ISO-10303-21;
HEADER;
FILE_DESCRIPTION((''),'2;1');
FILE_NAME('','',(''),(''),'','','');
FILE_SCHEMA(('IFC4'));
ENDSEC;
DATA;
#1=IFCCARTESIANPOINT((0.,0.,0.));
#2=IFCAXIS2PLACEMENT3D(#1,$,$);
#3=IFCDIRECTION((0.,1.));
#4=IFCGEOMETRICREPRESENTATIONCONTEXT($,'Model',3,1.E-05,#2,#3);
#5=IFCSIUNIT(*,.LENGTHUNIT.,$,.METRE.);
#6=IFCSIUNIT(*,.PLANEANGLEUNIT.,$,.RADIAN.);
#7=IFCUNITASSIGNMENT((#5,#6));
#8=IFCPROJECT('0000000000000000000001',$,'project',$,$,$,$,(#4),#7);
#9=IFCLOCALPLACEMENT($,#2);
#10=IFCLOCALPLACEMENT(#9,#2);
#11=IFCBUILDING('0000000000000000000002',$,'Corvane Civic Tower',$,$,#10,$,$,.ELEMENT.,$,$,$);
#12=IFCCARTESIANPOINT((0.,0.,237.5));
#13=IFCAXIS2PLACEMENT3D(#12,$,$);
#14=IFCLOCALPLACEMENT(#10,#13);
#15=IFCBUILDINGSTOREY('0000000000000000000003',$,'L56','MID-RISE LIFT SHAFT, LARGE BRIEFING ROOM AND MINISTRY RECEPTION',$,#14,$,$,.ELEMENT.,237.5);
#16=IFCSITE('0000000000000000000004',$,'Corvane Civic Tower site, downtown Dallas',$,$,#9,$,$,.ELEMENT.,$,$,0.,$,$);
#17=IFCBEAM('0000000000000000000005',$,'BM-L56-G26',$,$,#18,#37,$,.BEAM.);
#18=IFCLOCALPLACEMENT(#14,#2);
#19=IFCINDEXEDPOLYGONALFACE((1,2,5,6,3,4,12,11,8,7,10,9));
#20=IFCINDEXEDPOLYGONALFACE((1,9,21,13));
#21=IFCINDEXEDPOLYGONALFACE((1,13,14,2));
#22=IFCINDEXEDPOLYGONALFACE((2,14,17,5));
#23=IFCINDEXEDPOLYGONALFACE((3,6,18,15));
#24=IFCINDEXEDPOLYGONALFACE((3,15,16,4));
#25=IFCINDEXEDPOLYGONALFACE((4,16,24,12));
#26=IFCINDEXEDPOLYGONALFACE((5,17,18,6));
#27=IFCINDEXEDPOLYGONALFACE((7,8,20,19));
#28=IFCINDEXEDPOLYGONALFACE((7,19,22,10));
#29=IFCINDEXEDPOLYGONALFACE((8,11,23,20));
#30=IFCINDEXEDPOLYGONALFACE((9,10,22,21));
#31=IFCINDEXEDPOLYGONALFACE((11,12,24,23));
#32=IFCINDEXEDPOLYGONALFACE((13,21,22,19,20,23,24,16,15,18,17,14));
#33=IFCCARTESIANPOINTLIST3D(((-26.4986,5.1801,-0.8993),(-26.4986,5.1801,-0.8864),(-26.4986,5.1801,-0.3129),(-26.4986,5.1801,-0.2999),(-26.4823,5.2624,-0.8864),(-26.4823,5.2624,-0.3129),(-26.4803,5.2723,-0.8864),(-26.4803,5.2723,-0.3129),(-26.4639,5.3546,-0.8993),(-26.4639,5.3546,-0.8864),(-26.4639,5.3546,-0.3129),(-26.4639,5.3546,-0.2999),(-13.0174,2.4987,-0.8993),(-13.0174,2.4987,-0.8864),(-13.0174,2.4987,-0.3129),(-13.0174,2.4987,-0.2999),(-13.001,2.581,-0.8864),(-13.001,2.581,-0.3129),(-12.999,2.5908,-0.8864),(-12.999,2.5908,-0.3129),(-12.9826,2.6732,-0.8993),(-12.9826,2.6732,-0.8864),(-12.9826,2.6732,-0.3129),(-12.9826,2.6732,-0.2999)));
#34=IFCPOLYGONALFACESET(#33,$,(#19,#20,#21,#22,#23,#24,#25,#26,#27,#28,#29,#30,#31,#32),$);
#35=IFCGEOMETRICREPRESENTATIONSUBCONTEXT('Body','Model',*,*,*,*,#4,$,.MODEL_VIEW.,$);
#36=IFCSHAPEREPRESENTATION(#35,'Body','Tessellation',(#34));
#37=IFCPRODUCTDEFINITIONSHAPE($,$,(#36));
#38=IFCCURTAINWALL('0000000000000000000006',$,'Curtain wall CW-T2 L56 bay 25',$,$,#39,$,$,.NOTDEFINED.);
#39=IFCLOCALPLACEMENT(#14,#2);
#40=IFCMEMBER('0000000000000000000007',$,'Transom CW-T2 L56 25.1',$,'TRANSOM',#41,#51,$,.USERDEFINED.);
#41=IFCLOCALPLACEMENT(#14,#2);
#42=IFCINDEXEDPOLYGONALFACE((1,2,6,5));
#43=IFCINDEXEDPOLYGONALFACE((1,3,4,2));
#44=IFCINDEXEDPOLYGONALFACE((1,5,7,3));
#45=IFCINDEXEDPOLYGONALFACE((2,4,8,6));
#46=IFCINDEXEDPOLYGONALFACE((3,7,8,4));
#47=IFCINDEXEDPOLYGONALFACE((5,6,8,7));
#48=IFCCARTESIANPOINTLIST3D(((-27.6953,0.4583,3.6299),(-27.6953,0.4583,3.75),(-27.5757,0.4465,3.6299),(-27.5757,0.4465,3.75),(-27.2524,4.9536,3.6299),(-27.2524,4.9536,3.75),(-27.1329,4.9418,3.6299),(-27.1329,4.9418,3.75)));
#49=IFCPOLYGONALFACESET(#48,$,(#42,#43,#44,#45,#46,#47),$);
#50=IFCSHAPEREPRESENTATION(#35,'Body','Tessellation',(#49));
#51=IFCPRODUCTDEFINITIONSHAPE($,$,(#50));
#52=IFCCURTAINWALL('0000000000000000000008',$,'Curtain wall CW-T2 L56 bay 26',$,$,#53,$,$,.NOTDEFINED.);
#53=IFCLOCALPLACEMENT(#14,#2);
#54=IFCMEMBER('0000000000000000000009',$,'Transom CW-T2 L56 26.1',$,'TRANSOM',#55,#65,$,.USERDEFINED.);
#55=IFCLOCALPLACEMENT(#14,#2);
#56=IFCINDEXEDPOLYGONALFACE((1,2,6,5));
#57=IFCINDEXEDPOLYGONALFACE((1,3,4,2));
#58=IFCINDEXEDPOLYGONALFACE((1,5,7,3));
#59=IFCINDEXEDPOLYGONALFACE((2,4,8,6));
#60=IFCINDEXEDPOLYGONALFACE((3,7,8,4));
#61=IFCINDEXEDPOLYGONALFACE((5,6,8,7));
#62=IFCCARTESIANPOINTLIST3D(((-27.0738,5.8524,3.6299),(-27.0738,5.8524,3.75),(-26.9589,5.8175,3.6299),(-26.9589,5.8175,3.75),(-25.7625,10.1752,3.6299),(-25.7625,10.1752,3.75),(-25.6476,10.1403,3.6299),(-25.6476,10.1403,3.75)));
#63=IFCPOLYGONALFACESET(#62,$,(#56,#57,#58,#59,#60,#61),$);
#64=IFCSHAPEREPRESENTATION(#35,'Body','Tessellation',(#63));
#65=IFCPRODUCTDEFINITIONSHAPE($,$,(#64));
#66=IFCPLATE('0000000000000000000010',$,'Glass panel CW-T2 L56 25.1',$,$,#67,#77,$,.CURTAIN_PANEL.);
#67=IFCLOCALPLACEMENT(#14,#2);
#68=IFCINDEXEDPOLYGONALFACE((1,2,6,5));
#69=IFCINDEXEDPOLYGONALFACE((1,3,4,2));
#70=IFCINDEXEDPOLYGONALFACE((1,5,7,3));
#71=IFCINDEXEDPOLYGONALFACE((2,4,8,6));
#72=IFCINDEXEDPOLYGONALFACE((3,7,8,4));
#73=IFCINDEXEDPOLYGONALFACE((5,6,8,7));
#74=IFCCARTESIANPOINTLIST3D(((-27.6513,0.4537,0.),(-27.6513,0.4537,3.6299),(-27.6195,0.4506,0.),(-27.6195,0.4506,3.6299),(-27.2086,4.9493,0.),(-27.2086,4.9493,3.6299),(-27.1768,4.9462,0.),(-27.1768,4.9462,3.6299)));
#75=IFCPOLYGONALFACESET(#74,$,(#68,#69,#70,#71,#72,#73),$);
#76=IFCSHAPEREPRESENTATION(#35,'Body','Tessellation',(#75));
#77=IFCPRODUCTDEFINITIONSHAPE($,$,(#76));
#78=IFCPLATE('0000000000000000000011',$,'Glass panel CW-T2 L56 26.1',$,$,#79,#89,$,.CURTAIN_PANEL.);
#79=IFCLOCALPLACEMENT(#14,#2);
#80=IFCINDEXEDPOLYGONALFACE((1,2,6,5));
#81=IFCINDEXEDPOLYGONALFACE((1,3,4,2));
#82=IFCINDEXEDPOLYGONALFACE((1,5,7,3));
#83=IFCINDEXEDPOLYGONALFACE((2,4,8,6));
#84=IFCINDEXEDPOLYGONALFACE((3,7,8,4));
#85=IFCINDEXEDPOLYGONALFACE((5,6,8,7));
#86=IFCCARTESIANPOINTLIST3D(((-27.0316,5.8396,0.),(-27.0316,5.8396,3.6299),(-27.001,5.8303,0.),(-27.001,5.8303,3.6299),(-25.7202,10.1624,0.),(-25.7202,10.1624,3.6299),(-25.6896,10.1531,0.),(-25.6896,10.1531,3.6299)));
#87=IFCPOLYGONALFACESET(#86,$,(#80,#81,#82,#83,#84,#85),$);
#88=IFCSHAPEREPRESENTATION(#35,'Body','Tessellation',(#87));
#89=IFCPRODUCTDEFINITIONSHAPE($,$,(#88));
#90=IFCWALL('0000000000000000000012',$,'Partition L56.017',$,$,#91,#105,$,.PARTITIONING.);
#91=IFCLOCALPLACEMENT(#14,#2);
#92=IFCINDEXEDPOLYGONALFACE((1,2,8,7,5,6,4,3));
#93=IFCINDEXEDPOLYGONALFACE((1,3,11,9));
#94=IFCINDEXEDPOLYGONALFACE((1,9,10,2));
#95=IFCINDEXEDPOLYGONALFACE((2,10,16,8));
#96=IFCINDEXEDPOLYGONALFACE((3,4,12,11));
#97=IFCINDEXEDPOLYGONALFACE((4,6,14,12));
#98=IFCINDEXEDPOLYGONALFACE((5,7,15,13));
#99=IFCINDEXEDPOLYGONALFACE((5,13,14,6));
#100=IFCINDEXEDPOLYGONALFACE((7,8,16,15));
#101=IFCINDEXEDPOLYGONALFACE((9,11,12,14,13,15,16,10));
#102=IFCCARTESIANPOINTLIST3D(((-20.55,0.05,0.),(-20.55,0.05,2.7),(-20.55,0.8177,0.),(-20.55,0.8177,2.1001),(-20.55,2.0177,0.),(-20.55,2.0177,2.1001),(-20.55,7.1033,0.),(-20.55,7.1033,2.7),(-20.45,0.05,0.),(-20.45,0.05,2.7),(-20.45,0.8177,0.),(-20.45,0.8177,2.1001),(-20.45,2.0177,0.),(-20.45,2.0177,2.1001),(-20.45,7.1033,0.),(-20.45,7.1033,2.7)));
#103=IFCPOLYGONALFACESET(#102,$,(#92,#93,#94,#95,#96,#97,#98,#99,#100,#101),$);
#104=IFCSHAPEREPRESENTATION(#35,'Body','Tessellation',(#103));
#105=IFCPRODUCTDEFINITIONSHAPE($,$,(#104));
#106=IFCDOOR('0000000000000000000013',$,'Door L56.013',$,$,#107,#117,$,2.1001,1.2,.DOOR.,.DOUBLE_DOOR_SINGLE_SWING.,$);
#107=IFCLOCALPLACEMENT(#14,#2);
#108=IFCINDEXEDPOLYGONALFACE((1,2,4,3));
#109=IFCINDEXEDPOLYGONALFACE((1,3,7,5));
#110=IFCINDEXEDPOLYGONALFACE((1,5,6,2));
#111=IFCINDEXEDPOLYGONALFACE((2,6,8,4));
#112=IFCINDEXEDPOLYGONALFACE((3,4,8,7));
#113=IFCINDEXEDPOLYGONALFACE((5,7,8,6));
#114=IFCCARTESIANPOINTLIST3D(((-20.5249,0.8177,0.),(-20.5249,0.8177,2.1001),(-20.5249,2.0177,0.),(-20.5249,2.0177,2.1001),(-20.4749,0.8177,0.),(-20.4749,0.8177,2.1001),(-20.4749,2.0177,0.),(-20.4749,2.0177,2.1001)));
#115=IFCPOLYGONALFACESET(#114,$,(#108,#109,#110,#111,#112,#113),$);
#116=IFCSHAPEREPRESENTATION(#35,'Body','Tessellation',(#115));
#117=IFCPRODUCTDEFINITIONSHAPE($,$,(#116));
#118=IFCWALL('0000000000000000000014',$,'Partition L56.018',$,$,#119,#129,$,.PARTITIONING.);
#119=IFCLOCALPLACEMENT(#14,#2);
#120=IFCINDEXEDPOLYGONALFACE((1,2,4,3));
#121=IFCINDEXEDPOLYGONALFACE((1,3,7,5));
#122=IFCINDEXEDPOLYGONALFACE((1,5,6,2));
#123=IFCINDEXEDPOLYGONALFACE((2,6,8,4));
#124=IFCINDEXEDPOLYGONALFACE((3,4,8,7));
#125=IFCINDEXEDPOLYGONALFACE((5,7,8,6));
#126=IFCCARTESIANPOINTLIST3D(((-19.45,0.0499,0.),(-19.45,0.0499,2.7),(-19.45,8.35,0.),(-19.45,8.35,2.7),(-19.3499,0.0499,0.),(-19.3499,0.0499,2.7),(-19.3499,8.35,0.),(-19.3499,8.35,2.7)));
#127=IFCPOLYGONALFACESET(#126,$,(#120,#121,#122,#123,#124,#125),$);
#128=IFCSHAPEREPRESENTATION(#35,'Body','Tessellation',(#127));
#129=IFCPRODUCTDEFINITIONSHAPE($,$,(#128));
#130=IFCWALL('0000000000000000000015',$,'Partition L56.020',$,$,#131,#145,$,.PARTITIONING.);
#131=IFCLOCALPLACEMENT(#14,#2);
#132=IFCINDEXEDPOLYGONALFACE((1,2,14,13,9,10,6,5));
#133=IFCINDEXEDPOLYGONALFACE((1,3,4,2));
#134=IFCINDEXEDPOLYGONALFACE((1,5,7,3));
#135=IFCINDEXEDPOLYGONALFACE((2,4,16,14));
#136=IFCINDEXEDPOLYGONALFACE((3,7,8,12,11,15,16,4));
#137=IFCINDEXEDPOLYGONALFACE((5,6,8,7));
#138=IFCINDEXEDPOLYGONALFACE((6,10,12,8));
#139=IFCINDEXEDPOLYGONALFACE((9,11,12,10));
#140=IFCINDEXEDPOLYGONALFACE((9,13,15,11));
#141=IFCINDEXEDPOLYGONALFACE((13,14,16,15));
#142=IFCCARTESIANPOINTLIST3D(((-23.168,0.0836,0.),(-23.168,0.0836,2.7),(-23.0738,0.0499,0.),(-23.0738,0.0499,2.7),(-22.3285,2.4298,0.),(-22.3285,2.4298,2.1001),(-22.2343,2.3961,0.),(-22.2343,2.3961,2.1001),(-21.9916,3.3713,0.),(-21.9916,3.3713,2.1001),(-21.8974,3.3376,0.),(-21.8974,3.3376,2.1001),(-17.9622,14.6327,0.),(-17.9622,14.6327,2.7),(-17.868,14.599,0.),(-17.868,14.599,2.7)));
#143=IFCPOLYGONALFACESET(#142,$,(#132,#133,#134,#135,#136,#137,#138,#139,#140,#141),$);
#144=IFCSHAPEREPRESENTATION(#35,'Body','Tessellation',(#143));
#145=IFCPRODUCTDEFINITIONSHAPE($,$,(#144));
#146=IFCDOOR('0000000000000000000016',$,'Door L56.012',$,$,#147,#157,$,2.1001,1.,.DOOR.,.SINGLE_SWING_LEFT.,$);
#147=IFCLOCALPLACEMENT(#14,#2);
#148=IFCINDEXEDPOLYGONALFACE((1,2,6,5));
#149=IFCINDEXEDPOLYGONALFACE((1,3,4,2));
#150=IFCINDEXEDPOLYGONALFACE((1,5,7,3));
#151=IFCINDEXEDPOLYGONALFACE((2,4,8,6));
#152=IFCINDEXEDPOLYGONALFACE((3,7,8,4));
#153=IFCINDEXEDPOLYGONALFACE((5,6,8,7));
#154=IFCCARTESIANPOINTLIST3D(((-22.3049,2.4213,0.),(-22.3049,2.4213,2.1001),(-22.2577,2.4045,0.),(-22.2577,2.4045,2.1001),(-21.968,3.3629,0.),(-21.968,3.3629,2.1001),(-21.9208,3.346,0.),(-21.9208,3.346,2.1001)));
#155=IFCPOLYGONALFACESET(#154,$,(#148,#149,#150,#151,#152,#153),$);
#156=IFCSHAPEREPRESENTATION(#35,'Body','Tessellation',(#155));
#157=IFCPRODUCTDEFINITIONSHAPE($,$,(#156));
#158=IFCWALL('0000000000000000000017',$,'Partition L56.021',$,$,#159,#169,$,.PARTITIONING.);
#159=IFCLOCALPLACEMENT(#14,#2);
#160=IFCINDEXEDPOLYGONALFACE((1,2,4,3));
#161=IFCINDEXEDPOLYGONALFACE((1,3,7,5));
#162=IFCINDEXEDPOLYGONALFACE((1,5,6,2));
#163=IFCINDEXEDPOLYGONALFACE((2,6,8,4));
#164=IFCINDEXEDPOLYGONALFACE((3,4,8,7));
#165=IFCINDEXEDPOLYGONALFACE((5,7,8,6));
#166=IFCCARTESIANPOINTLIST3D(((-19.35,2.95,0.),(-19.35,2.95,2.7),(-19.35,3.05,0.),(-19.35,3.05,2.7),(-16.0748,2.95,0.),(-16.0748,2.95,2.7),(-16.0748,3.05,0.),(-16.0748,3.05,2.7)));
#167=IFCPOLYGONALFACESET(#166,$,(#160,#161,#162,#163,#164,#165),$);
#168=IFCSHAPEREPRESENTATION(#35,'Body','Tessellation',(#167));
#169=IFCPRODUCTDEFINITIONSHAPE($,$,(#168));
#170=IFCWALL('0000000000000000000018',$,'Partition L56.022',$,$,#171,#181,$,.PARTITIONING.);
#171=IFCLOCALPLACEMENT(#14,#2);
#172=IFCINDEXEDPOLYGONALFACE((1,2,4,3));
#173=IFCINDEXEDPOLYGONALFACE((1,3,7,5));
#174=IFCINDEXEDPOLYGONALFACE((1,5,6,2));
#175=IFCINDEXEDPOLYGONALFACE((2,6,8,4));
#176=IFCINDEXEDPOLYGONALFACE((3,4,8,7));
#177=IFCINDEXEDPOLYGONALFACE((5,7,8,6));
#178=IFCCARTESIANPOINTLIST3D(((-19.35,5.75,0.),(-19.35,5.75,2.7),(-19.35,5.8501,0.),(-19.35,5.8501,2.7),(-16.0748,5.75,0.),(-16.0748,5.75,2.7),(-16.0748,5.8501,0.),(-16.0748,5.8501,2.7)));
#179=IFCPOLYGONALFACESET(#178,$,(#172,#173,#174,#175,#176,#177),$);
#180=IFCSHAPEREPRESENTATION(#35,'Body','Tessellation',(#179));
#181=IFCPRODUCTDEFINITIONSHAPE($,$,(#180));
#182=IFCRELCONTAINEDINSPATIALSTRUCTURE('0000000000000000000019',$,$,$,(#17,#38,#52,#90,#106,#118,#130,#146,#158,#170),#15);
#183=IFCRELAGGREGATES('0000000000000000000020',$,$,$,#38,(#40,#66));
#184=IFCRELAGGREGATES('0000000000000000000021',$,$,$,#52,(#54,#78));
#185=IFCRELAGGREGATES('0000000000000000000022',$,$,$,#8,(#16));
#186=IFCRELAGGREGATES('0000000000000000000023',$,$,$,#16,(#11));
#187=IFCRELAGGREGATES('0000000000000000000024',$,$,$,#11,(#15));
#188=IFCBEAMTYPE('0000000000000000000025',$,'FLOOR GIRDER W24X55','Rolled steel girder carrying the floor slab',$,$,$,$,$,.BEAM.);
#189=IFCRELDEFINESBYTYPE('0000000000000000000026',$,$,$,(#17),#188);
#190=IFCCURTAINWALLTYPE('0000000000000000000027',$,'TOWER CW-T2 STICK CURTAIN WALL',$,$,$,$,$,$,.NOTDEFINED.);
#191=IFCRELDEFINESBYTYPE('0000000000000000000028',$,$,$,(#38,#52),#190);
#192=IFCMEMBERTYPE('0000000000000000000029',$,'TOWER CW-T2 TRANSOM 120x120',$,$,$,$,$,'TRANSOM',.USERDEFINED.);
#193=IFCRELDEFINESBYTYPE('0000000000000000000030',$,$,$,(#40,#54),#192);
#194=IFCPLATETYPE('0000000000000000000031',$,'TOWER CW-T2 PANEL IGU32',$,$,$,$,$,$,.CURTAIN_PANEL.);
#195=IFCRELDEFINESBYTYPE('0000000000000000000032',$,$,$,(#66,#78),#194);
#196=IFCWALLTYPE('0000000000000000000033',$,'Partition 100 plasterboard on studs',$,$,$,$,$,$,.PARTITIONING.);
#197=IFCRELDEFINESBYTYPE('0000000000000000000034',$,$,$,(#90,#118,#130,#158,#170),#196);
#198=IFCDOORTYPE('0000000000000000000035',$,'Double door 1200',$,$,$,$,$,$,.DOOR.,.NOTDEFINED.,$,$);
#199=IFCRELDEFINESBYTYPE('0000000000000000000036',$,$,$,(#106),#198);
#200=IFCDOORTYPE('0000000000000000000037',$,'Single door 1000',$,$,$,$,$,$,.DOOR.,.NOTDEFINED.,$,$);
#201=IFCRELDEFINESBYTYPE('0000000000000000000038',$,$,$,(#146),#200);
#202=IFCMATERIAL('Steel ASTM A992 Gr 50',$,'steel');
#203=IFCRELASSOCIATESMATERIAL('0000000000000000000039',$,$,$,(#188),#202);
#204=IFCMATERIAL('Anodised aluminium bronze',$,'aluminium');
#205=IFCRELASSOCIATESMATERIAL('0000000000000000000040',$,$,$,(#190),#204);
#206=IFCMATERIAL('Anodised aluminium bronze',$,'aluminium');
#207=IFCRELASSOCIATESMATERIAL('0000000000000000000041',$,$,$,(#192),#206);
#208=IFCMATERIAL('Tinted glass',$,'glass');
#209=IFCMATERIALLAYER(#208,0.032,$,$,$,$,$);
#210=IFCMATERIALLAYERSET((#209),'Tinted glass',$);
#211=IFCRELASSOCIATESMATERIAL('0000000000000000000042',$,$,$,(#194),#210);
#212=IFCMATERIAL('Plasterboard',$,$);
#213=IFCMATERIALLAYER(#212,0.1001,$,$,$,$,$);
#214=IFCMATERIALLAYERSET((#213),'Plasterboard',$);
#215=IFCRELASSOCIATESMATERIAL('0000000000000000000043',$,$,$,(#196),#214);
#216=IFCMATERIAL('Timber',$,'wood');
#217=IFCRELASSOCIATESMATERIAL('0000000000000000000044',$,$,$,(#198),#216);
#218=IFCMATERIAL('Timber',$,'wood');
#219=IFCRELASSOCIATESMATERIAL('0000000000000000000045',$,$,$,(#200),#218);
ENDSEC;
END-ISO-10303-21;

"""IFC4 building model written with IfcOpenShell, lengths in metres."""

from ifc_helpers import new_model, si_unit, direction, frame, frame_2d, origin, origin_2d, place, context, subcontext, project, spatial, rectangle, i_section, extrude, material, layer, layer_set, material_profile, profile_set, type_object, element, fill, aggregate, save


model = new_model("IFC4")

# Units and contexts
model_context = context("Model", 3, precision=1e-05, world=origin(), true_north=direction((0.0, 1.0)))
body_context = subcontext(model_context, "Body", "Model", "MODEL_VIEW")
ifc_project = project(units=[si_unit("LENGTHUNIT", "METRE"), si_unit("PLANEANGLEUNIT", "RADIAN")], contexts=[model_context])

# Site, building, storey
site_placement = place(None, origin())
site = spatial("IfcSite", under=ifc_project, at=site_placement, Name="Corvane Civic Tower site, downtown Dallas", CompositionType="ELEMENT", RefElevation=0.0)
building_placement = place(site_placement, origin())
building = spatial("IfcBuilding", under=site, at=building_placement, Name="Corvane Civic Tower", CompositionType="ELEMENT")
storey_placement = place(building_placement, frame((0.0, 0.0, 237.5)))
storey = spatial("IfcBuildingStorey", under=building, at=storey_placement, Name="L56", Description="MID-RISE LIFT SHAFT, LARGE BRIEFING ROOM AND MINISTRY RECEPTION", CompositionType="ELEMENT", Elevation=237.5)

# Beam
ifc_material_1 = material(Name="Steel ASTM A992 Gr 50", Category="steel")
ifc_material_profile_1 = material_profile(ifc_material_1, i_section(OverallWidth=0.178, OverallDepth=0.5994, WebThickness=0.01, FlangeThickness=0.0129, at=origin_2d()), Name="W24X55")
ifc_profile_set_1 = profile_set([ifc_material_profile_1], Name="Steel ASTM A992 Gr 50")
beam_type_1 = type_object("IfcBeamType", Name="FLOOR GIRDER W24X55", Description="Rolled steel girder carrying the floor slab", PredefinedType="BEAM", material=ifc_profile_set_1)
beam_1_placement = place(storey_placement, frame((-13.0, 2.5859, -0.5996), z_axis=(-0.980788, 0.195078, 0.0), x_axis=(-0.195078, -0.980788, 0.0)))
element("IfcBeam", 1, at=beam_1_placement, inside=storey, type_object=beam_type_1, Name="BM-L56-G26", PredefinedType="BEAM", context=body_context, shape_type="SweptSolid", body=[
    extrude(i_section(OverallWidth=0.178, OverallDepth=0.5994, WebThickness=0.01, FlangeThickness=0.0129, at=origin_2d()), origin(), (0.0, 0.0, 1.0), 13.7454),
])

# Curtain walls, members
ifc_material_2 = material(Name="Anodised aluminium bronze", Category="aluminium")
curtain_wall_type = type_object("IfcCurtainWallType", Name="TOWER CW-T2 STICK CURTAIN WALL", PredefinedType="NOTDEFINED", material=ifc_material_2)
curtain_wall_1_placement = place(storey_placement, origin())
curtain_wall_1 = element("IfcCurtainWall", 2, at=curtain_wall_1_placement, inside=storey, type_object=curtain_wall_type, Name="Curtain wall CW-T2 L56 bay 25", PredefinedType="NOTDEFINED")
ifc_material_3 = material(Name="Anodised aluminium bronze", Category="aluminium")
ifc_material_profile_2 = material_profile(ifc_material_3, rectangle(XDim=0.1201, YDim=0.1201, at=origin_2d()), Name="TOWER CW-T2 TRANSOM 120x120")
ifc_profile_set_2 = profile_set([ifc_material_profile_2], Name="Anodised aluminium bronze")
member_type = type_object("IfcMemberType", Name="TOWER CW-T2 TRANSOM 120x120", ElementType="TRANSOM", PredefinedType="USERDEFINED", material=ifc_profile_set_2)
member_1_placement = place(storey_placement, frame((-27.6355, 0.4524, 3.6899), z_axis=(0.098043, 0.995182, 0.0), x_axis=(-0.995182, 0.098043, 0.0)))
member_1 = element("IfcMember", 3, at=member_1_placement, type_object=member_type, Name="Transom CW-T2 L56 25.1", ObjectType="TRANSOM", PredefinedType="USERDEFINED", context=body_context, shape_type="SweptSolid", body=[
    extrude(rectangle(XDim=0.1201, YDim=0.1201, at=origin_2d()), origin(), (0.0, 0.0, 1.0), 4.5171),
])
curtain_wall_2_placement = place(storey_placement, origin())
curtain_wall_2 = element("IfcCurtainWall", 4, at=curtain_wall_2_placement, inside=storey, type_object=curtain_wall_type, Name="Curtain wall CW-T2 L56 bay 26", PredefinedType="NOTDEFINED")
member_2_placement = place(storey_placement, frame((-27.0164, 5.835, 3.6899), z_axis=(0.290282, 0.956941, 0.0), x_axis=(-0.956941, 0.290282, 0.0)))
member_2 = element("IfcMember", 5, at=member_2_placement, type_object=member_type, Name="Transom CW-T2 L56 26.1", ObjectType="TRANSOM", PredefinedType="USERDEFINED", context=body_context, shape_type="SweptSolid", body=[
    extrude(rectangle(XDim=0.1201, YDim=0.1201, at=origin_2d()), origin(), (0.0, 0.0, 1.0), 4.5173),
])

# Plates
ifc_material_4 = material(Name="Tinted glass", Category="glass")
ifc_layer_1 = layer(ifc_material_4, 0.032)
ifc_layer_set_1 = layer_set([ifc_layer_1], Name="Tinted glass")
plate_type = type_object("IfcPlateType", Name="TOWER CW-T2 PANEL IGU32", PredefinedType="CURTAIN_PANEL", material=ifc_layer_set_1)
plate_1_placement = place(storey_placement, frame((-27.4141, 2.7, 0.0), z_axis=(0.0, 0.0, 1.0), x_axis=(0.097993, 0.995187, 0.0)))
plate_1 = element("IfcPlate", 6, at=plate_1_placement, type_object=plate_type, Name="Glass panel CW-T2 L56 25.1", PredefinedType="CURTAIN_PANEL", context=body_context, shape_type="SweptSolid", body=[
    extrude(rectangle(XDim=4.5173, YDim=0.032, at=origin_2d()), origin(), (0.0, 0.0, 1.0), 3.6299),
])
aggregate(curtain_wall_1, [member_1, plate_1])
plate_2_placement = place(storey_placement, frame((-26.3606, 7.9963, 0.0), z_axis=(0.0, 0.0, 1.0), x_axis=(0.29029, 0.956939, 0.0)))
plate_2 = element("IfcPlate", 7, at=plate_2_placement, type_object=plate_type, Name="Glass panel CW-T2 L56 26.1", PredefinedType="CURTAIN_PANEL", context=body_context, shape_type="SweptSolid", body=[
    extrude(rectangle(XDim=4.5173, YDim=0.032, at=origin_2d()), origin(), (0.0, 0.0, 1.0), 3.6299),
])
aggregate(curtain_wall_2, [member_2, plate_2])

# Wall, opening, door
ifc_material_5 = material(Name="Plasterboard")
ifc_layer_2 = layer(ifc_material_5, 0.1001)
ifc_layer_set_2 = layer_set([ifc_layer_2], Name="Plasterboard")
wall_type = type_object("IfcWallType", Name="Partition 100 plasterboard on studs", PredefinedType="PARTITIONING", material=ifc_layer_set_2)
wall_1_placement = place(storey_placement, frame((-20.5, 0.05, 0.0), z_axis=(0.0, 0.0, 1.0), x_axis=(0.0, 1.0, 0.0)))
wall_1 = element("IfcWall", 8, at=wall_1_placement, inside=storey, type_object=wall_type, Name="Partition L56.017", PredefinedType="PARTITIONING", context=body_context, shape_type="SweptSolid", body=[
    extrude(rectangle(XDim=7.0532, YDim=0.1001, at=frame_2d((3.5266, 0.0))), origin(), (0.0, 0.0, 1.0), 2.7),
])
opening_1_placement = place(wall_1_placement, frame((0.7676, 0.0, 0.0)))
opening_1 = element("IfcOpeningElement", 9, at=opening_1_placement, cuts=wall_1, PredefinedType="OPENING", context=body_context, shape_type="SweptSolid", body=[
    extrude(rectangle(XDim=1.2, YDim=2.1001, at=frame_2d((0.6001, 1.05))), frame((0.0, 0.0601, 0.0), z_axis=(0.0, -1.0, 0.0), x_axis=(1.0, 0.0, 0.0)), (0.0, 0.0, 1.0), 0.1201),
])
ifc_material_6 = material(Name="Timber", Category="wood")
door_type_1 = type_object("IfcDoorType", Name="Double door 1200", OperationType="NOTDEFINED", PredefinedType="DOOR", material=ifc_material_6)
door_1_placement = place(opening_1_placement, origin())
door_1 = element("IfcDoor", 10, at=door_1_placement, inside=storey, type_object=door_type_1, Name="Door L56.013", OperationType="DOUBLE_DOOR_SINGLE_SWING", OverallHeight=2.1001, OverallWidth=1.2, PredefinedType="DOOR", context=body_context, shape_type="SweptSolid", body=[
    extrude(rectangle(XDim=1.2, YDim=2.1001, at=frame_2d((0.6001, 1.05))), frame((0.0, 0.0249, 0.0), z_axis=(0.0, -1.0, 0.0), x_axis=(1.0, 0.0, 0.0)), (0.0, 0.0, 1.0), 0.05),
])
fill(opening_1, door_1)

# Wall
wall_2_placement = place(storey_placement, frame((-19.3999, 0.05, 0.0), z_axis=(0.0, 0.0, 1.0), x_axis=(0.0, 1.0, 0.0)))
element("IfcWall", 11, at=wall_2_placement, inside=storey, type_object=wall_type, Name="Partition L56.018", PredefinedType="PARTITIONING", context=body_context, shape_type="SweptSolid", body=[
    extrude(rectangle(XDim=8.3, YDim=0.1001, at=frame_2d((4.1499, 0.0))), origin(), (0.0, 0.0, 1.0), 2.7),
])

# Wall, opening, door
wall_3_placement = place(storey_placement, frame((-23.1208, 0.0669, 0.0), z_axis=(0.0, 0.0, 1.0), x_axis=(0.336894, 0.941543, 0.0)))
wall_3 = element("IfcWall", 12, at=wall_3_placement, inside=storey, type_object=wall_type, Name="Partition L56.020", PredefinedType="PARTITIONING", context=body_context, shape_type="SweptSolid", body=[
    extrude(rectangle(XDim=15.4524, YDim=0.1001, at=frame_2d((7.7261, 0.0))), origin(), (0.0, 0.0, 1.0), 2.7),
])
opening_2_placement = place(wall_3_placement, frame((2.4917, 0.0, 0.0)))
opening_2 = element("IfcOpeningElement", 13, at=opening_2_placement, cuts=wall_3, PredefinedType="OPENING", context=body_context, shape_type="SweptSolid", body=[
    extrude(rectangle(XDim=1.0, YDim=2.1001, at=frame_2d((0.5, 1.05))), frame((0.0, 0.0601, 0.0), z_axis=(0.0, -1.0, 0.0), x_axis=(1.0, 0.0, 0.0)), (0.0, 0.0, 1.0), 0.1201),
])
ifc_material_7 = material(Name="Timber", Category="wood")
door_type_2 = type_object("IfcDoorType", Name="Single door 1000", OperationType="NOTDEFINED", PredefinedType="DOOR", material=ifc_material_7)
door_2_placement = place(opening_2_placement, origin())
door_2 = element("IfcDoor", 14, at=door_2_placement, inside=storey, type_object=door_type_2, Name="Door L56.012", OperationType="SINGLE_SWING_LEFT", OverallHeight=2.1001, OverallWidth=1.0, PredefinedType="DOOR", context=body_context, shape_type="SweptSolid", body=[
    extrude(rectangle(XDim=1.0, YDim=2.1001, at=frame_2d((0.5, 1.05))), frame((0.0, 0.0249, 0.0), z_axis=(0.0, -1.0, 0.0), x_axis=(1.0, 0.0, 0.0)), (0.0, 0.0, 1.0), 0.05),
])
fill(opening_2, door_2)

# Walls
for number, where, z_axis, x_axis, name in (
    (15, (-19.3501, 3.0, 0.0), (0.0, 0.0, 1.0), (1.0, 0.0, 0.0), "Partition L56.021"),
    (16, (-19.3501, 5.8, 0.0), (0.0, 0.0, 1.0), (1.0, 0.0, 0.0), "Partition L56.022"),
):
    element("IfcWall", number, at=place(storey_placement, frame(where, z_axis=z_axis, x_axis=x_axis)), inside=storey, type_object=wall_type, Name=name, PredefinedType="PARTITIONING", context=body_context, shape_type="SweptSolid", body=[
        extrude(rectangle(XDim=3.2751, YDim=0.1001, at=frame_2d((1.6377, 0.0))), origin(), (0.0, 0.0, 1.0), 2.7),
    ])

save(model, "model.ifc")
